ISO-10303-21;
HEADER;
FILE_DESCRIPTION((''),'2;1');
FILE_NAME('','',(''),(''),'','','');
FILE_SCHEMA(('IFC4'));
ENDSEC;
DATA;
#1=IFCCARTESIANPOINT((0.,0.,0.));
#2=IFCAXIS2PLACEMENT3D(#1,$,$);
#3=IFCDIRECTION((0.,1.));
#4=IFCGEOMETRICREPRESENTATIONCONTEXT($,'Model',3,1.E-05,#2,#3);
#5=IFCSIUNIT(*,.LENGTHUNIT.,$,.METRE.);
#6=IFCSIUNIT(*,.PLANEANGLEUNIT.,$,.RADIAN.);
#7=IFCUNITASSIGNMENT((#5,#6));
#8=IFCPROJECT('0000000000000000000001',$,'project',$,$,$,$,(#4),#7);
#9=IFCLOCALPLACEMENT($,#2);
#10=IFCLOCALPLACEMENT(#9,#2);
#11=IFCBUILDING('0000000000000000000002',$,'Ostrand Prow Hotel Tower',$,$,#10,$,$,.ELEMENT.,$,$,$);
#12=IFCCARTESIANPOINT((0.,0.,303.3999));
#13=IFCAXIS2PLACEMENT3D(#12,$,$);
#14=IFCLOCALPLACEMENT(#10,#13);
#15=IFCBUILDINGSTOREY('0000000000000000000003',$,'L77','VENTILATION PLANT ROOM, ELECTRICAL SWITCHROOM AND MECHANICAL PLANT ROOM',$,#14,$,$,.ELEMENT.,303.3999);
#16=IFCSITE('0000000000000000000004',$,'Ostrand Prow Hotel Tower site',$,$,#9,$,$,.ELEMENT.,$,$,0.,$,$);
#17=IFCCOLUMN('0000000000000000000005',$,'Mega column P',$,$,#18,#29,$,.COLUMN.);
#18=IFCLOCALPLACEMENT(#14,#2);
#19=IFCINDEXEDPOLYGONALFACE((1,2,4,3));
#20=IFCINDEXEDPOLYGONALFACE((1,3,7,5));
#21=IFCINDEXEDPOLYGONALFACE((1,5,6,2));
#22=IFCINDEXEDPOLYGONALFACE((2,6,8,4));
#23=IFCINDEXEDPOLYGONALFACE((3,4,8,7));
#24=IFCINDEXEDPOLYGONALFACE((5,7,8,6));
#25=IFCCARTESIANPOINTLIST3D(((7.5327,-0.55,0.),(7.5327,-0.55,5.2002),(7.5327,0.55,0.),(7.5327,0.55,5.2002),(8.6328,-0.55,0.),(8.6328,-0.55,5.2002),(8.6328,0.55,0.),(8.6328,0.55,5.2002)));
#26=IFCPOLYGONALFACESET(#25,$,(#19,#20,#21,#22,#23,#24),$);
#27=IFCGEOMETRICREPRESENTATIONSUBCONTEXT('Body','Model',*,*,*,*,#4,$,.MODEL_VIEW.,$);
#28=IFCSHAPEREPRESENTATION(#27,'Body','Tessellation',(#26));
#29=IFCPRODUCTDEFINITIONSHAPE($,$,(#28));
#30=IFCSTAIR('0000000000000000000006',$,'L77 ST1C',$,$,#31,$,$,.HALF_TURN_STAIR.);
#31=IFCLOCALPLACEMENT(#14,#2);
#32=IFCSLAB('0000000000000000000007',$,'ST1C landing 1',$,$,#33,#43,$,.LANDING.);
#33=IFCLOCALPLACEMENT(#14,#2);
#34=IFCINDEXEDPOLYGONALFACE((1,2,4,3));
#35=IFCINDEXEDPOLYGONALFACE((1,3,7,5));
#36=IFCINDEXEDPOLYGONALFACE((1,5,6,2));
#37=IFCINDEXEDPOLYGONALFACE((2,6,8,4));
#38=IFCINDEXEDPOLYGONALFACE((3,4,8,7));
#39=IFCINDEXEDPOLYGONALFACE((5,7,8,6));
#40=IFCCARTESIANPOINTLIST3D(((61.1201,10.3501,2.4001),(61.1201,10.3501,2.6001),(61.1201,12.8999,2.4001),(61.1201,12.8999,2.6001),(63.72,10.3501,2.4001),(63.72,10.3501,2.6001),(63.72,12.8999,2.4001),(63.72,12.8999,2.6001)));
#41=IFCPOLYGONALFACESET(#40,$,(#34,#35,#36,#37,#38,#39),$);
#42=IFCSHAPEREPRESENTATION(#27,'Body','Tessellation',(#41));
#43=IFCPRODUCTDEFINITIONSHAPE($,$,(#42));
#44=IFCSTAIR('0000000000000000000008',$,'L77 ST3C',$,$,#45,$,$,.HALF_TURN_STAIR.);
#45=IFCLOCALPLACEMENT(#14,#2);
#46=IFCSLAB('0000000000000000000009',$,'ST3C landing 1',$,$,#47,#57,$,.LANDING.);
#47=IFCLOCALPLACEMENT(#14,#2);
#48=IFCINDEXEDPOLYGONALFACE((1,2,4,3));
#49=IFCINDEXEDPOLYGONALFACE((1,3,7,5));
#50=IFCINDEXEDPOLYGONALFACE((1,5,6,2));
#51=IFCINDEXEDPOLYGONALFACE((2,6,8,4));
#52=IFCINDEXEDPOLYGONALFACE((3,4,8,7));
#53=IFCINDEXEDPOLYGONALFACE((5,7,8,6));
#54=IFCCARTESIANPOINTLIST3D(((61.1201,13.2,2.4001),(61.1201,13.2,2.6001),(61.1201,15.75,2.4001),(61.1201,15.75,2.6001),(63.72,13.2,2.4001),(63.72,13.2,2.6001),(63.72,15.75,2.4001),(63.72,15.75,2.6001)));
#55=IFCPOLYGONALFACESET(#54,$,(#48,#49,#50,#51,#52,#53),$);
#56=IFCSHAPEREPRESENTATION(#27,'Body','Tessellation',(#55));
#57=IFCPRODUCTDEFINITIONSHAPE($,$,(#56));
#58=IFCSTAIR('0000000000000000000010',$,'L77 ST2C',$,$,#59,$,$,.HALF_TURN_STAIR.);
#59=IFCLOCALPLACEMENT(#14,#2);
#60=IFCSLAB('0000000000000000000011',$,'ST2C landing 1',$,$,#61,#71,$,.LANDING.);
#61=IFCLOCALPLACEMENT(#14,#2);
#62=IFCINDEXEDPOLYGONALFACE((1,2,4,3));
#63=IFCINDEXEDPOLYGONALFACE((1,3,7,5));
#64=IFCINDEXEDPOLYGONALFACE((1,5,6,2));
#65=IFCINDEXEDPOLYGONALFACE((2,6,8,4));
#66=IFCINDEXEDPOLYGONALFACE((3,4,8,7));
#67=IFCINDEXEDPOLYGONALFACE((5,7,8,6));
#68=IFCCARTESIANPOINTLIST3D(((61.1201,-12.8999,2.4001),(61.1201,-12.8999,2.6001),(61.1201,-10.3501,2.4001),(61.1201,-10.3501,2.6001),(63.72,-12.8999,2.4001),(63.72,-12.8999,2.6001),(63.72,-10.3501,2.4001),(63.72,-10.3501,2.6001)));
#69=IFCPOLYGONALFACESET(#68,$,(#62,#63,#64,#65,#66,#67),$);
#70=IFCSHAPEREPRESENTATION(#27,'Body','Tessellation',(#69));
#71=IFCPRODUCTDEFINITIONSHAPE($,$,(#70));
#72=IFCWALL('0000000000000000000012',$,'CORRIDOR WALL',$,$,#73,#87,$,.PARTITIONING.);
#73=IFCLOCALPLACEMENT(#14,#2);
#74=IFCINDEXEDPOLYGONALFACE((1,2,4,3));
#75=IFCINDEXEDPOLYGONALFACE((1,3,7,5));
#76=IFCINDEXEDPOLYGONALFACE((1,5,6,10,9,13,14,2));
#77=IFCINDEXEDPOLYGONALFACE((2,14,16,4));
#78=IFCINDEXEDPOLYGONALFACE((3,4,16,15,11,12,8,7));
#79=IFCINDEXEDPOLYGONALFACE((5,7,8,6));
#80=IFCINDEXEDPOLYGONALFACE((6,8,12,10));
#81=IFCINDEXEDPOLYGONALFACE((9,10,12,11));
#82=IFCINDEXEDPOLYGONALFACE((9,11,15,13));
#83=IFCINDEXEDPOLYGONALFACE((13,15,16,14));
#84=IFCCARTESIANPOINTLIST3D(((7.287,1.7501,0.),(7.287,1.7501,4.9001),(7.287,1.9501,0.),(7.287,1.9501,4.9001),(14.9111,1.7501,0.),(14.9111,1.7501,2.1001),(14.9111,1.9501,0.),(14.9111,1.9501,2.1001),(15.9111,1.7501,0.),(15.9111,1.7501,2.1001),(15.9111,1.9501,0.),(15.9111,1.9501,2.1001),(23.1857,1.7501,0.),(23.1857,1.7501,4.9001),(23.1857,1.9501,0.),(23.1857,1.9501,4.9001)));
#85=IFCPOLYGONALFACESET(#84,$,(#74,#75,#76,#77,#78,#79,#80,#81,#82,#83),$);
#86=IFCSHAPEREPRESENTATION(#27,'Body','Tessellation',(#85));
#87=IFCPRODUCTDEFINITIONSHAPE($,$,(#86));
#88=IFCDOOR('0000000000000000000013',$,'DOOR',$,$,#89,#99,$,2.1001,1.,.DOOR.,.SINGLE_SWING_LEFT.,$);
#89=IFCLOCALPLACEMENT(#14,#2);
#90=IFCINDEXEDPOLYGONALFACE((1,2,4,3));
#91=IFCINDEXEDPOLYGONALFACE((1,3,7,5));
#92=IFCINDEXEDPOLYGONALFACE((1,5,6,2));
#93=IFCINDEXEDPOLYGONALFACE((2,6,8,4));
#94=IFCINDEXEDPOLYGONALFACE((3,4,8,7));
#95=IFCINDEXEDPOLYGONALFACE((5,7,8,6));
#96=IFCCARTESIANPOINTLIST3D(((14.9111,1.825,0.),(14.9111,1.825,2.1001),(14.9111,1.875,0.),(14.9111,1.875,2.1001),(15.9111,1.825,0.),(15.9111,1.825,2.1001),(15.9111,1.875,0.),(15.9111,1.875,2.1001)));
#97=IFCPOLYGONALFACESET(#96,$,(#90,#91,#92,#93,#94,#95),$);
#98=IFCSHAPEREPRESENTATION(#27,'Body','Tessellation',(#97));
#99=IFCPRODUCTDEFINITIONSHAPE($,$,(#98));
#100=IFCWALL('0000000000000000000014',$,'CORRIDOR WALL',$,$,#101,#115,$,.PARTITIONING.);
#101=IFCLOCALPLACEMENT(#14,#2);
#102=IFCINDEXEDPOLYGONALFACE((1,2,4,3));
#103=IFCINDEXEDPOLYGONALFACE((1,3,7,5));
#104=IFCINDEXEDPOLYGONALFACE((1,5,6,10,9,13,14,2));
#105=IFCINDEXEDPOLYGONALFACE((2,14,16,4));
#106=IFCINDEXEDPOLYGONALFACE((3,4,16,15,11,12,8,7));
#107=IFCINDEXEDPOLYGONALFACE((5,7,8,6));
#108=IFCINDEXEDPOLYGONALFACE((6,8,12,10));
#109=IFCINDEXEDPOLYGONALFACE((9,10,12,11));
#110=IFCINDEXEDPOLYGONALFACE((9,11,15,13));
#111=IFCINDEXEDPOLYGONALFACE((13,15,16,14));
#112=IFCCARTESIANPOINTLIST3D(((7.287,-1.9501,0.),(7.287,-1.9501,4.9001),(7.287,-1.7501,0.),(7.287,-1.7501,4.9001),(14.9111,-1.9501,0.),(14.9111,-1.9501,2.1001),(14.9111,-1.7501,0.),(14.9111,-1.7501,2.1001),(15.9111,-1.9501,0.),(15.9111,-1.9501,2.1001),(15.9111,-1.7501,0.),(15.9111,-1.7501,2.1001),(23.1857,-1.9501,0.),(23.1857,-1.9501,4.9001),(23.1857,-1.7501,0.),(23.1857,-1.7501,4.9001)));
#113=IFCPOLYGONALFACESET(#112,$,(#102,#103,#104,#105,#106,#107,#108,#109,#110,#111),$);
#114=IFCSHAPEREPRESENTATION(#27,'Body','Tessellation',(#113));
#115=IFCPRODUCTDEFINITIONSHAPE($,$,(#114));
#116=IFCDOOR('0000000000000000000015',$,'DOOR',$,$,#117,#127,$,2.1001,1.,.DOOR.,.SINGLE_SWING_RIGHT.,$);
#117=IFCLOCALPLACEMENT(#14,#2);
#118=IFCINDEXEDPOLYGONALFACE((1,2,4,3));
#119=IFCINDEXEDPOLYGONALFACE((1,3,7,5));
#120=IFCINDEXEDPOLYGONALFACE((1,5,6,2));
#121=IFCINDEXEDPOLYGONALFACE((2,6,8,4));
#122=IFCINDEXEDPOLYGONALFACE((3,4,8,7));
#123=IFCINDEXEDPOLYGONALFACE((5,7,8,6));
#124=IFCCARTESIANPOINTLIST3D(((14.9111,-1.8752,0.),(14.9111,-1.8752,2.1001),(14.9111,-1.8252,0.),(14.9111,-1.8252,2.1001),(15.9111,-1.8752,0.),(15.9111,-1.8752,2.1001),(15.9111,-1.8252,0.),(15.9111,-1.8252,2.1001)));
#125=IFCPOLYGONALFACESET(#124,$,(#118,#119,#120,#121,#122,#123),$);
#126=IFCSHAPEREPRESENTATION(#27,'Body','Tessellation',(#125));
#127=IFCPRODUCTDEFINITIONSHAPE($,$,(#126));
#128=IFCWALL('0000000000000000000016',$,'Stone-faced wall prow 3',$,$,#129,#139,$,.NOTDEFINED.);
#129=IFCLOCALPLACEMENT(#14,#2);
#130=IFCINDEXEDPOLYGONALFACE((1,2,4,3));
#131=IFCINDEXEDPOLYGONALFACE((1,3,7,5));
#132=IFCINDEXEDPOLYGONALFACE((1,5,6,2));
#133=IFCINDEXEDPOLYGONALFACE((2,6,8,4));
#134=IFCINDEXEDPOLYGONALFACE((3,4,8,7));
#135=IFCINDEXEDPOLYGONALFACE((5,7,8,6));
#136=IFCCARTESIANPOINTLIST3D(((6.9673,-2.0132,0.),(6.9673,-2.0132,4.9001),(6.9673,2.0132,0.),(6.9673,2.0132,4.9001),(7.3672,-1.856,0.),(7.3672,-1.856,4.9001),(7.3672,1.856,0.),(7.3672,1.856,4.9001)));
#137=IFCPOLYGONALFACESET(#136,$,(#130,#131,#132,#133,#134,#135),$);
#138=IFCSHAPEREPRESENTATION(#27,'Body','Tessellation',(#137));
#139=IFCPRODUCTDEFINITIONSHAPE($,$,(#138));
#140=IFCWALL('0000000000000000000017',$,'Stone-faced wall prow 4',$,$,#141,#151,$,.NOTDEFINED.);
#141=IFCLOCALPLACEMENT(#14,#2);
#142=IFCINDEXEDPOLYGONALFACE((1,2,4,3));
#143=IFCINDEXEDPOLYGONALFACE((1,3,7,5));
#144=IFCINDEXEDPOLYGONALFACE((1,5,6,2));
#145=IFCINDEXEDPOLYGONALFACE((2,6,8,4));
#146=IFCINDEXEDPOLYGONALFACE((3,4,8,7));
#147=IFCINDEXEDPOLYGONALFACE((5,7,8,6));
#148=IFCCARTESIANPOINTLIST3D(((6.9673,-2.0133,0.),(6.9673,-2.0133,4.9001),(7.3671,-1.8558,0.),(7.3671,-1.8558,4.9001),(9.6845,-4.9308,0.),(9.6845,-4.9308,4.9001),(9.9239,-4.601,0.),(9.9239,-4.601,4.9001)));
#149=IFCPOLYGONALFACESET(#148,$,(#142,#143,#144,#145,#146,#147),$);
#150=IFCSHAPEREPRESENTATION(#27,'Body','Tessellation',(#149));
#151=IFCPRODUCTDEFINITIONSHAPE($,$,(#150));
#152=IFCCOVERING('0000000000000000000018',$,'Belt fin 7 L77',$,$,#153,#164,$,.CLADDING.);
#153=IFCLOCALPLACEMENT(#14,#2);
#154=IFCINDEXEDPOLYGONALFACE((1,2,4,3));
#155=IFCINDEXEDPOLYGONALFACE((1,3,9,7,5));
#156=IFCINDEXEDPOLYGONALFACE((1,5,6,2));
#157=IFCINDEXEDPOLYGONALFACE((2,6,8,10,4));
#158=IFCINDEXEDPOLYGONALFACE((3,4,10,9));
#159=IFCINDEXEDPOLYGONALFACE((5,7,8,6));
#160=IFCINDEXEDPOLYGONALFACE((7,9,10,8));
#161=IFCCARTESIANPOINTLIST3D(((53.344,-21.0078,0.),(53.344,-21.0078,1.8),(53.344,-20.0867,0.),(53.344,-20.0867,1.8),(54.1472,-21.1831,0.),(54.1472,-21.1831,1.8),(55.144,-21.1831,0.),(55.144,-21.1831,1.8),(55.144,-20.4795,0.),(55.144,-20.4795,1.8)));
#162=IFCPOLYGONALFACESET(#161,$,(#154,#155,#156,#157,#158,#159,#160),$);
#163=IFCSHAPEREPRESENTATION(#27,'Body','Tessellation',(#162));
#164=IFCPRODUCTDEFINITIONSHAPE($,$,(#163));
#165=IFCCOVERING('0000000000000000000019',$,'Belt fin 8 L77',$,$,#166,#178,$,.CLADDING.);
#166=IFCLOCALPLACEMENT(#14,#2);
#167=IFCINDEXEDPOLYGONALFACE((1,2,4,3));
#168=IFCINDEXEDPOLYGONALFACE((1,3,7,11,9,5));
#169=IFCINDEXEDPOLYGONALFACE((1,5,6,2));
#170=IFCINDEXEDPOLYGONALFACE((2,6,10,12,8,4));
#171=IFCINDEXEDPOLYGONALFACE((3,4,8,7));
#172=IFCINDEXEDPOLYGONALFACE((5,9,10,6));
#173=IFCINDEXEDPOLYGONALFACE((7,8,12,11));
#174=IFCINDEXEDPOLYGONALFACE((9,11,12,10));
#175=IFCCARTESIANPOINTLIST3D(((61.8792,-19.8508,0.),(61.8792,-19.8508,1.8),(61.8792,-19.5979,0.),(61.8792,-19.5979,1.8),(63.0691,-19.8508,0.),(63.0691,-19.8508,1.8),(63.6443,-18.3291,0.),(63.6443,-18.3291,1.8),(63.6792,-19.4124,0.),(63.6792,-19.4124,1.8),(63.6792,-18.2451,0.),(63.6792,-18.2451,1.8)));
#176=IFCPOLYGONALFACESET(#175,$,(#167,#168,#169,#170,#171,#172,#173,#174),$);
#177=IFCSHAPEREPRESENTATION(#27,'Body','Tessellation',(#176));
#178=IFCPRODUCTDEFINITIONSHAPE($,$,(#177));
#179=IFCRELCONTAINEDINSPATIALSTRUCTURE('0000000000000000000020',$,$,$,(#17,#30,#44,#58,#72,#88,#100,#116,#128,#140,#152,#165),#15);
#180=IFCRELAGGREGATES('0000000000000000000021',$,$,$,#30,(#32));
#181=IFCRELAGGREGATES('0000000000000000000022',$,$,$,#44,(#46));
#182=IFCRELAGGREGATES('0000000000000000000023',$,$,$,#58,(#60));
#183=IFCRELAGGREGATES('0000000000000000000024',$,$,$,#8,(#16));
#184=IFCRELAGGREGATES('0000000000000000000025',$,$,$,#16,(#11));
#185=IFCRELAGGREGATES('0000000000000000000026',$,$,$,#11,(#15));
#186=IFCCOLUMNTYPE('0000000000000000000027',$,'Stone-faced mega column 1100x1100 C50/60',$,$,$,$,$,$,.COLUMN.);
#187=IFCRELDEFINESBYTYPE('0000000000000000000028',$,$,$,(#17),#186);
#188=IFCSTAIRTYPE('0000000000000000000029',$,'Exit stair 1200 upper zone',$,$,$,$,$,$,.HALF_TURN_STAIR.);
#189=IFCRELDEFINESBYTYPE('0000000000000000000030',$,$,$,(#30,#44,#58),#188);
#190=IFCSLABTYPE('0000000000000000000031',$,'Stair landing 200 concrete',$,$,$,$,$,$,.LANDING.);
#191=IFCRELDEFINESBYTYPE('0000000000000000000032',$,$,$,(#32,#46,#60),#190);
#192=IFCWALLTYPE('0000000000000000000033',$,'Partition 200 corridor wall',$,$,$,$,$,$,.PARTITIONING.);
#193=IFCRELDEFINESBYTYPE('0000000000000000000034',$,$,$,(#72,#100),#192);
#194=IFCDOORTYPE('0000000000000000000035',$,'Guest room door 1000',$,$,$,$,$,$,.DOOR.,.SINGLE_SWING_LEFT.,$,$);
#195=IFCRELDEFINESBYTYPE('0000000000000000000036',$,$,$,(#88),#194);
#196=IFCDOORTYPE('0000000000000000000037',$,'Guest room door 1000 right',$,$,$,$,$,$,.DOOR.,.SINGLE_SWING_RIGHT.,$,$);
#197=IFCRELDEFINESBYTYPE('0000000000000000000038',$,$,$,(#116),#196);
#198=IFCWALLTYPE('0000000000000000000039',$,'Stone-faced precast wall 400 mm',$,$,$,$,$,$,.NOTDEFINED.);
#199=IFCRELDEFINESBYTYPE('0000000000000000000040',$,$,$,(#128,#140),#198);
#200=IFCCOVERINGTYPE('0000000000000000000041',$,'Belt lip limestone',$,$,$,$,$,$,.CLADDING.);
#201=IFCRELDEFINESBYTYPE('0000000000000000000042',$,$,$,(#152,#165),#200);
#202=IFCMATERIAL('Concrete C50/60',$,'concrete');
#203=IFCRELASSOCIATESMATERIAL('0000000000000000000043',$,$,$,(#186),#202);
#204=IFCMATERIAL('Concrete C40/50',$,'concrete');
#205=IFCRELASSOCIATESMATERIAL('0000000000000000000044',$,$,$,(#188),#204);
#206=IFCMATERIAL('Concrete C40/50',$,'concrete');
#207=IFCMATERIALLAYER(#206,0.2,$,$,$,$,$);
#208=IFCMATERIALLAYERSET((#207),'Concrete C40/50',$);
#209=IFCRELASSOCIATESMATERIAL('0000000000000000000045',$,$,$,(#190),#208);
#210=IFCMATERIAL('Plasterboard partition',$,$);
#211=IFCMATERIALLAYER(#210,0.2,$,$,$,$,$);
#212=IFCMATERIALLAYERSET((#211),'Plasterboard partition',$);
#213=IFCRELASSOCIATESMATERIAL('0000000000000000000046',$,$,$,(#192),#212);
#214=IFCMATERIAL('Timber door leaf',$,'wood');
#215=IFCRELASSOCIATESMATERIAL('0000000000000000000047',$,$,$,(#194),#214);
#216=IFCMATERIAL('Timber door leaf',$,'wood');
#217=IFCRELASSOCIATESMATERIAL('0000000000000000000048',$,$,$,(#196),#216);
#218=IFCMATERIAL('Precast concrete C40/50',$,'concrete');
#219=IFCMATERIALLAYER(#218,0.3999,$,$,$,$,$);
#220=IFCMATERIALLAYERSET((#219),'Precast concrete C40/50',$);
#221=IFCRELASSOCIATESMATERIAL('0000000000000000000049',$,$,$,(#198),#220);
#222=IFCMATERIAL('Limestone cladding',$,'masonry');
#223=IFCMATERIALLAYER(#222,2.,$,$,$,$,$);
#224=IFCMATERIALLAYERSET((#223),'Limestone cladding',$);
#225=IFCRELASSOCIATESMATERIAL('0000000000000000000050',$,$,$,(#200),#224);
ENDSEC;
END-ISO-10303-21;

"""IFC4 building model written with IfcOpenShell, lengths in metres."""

from ifc_helpers import new_model, si_unit, direction, frame, frame_2d, origin, origin_2d, place, context, subcontext, project, spatial, polyline, rectangle, outline, extrude, material, layer, layer_set, material_profile, profile_set, type_object, element, fill, aggregate, save


model = new_model("IFC4")

# Units and contexts
model_context = context("Model", 3, precision=1e-05, world=origin(), true_north=direction((0.0, 1.0)))
body_context = subcontext(model_context, "Body", "Model", "MODEL_VIEW")
ifc_project = project(units=[si_unit("LENGTHUNIT", "METRE"), si_unit("PLANEANGLEUNIT", "RADIAN")], contexts=[model_context])

# Site, building, storey
site_placement = place(None, origin())
site = spatial("IfcSite", under=ifc_project, at=site_placement, Name="Ostrand Prow Hotel Tower site", CompositionType="ELEMENT", RefElevation=0.0)
building_placement = place(site_placement, origin())
building = spatial("IfcBuilding", under=site, at=building_placement, Name="Ostrand Prow Hotel Tower", CompositionType="ELEMENT")
storey_placement = place(building_placement, frame((0.0, 0.0, 303.3999)))
storey = spatial("IfcBuildingStorey", under=building, at=storey_placement, Name="L77", Description="VENTILATION PLANT ROOM, ELECTRICAL SWITCHROOM AND MECHANICAL PLANT ROOM", CompositionType="ELEMENT", Elevation=303.3999)

# Column
ifc_material_1 = material(Name="Concrete C50/60", Category="concrete")
ifc_material_profile = material_profile(ifc_material_1, rectangle(XDim=1.1001, YDim=1.1001, at=origin_2d()), Name="RC 1100x1100")
ifc_profile_set = profile_set([ifc_material_profile], Name="Concrete C50/60")
column_type = type_object("IfcColumnType", Name="Stone-faced mega column 1100x1100 C50/60", PredefinedType="COLUMN", material=ifc_profile_set)
column_placement = place(storey_placement, frame((8.0828, 0.0, 0.0), z_axis=(0.0, 0.0, 1.0), x_axis=(1.0, 0.0, 0.0)))
element("IfcColumn", 1, at=column_placement, inside=storey, type_object=column_type, Name="Mega column P", PredefinedType="COLUMN", context=body_context, shape_type="SweptSolid", body=[
    extrude(rectangle(XDim=1.1001, YDim=1.1001, at=origin_2d()), origin(), (0.0, 0.0, 1.0), 5.2002),
])

# Stairs, slabs
ifc_material_2 = material(Name="Concrete C40/50", Category="concrete")
stair_type = type_object("IfcStairType", Name="Exit stair 1200 upper zone", PredefinedType="HALF_TURN_STAIR", material=ifc_material_2)
stair_1_placement = place(storey_placement, origin())
stair_1 = element("IfcStair", 2, at=stair_1_placement, inside=storey, type_object=stair_type, Name="L77 ST1C", PredefinedType="HALF_TURN_STAIR")
ifc_material_3 = material(Name="Concrete C40/50", Category="concrete")
ifc_layer_1 = layer(ifc_material_3, 0.2)
ifc_layer_set_1 = layer_set([ifc_layer_1], Name="Concrete C40/50")
slab_type = type_object("IfcSlabType", Name="Stair landing 200 concrete", PredefinedType="LANDING", material=ifc_layer_set_1)
slab_1_placement = place(storey_placement, frame((0.0, 0.0, 2.4001)))
slab_1 = element("IfcSlab", 3, at=slab_1_placement, type_object=slab_type, Name="ST1C landing 1", PredefinedType="LANDING", context=body_context, shape_type="SweptSolid", body=[
    extrude(outline(polyline([(61.1201, 10.3501), (63.72, 10.3501), (63.72, 12.8999), (61.1201, 12.8999), (61.1201, 10.3501)])), origin(), (0.0, 0.0, 1.0), 0.2),
])
aggregate(stair_1, [slab_1])
stair_2_placement = place(storey_placement, origin())
stair_2 = element("IfcStair", 4, at=stair_2_placement, inside=storey, type_object=stair_type, Name="L77 ST3C", PredefinedType="HALF_TURN_STAIR")
slab_2_placement = place(storey_placement, frame((0.0, 0.0, 2.4001)))
slab_2 = element("IfcSlab", 5, at=slab_2_placement, type_object=slab_type, Name="ST3C landing 1", PredefinedType="LANDING", context=body_context, shape_type="SweptSolid", body=[
    extrude(outline(polyline([(61.1201, 13.2), (63.72, 13.2), (63.72, 15.75), (61.1201, 15.75), (61.1201, 13.2)])), origin(), (0.0, 0.0, 1.0), 0.2),
])
aggregate(stair_2, [slab_2])
stair_3_placement = place(storey_placement, origin())
stair_3 = element("IfcStair", 6, at=stair_3_placement, inside=storey, type_object=stair_type, Name="L77 ST2C", PredefinedType="HALF_TURN_STAIR")
slab_3_placement = place(storey_placement, frame((0.0, 0.0, 2.4001)))
slab_3 = element("IfcSlab", 7, at=slab_3_placement, type_object=slab_type, Name="ST2C landing 1", PredefinedType="LANDING", context=body_context, shape_type="SweptSolid", body=[
    extrude(outline(polyline([(61.1201, -12.8999), (63.72, -12.8999), (63.72, -10.3501), (61.1201, -10.3501), (61.1201, -12.8999)])), origin(), (0.0, 0.0, 1.0), 0.2),
])
aggregate(stair_3, [slab_3])

# Walls, openings, doors
ifc_material_4 = material(Name="Plasterboard partition")
ifc_layer_2 = layer(ifc_material_4, 0.2)
ifc_layer_set_2 = layer_set([ifc_layer_2], Name="Plasterboard partition")
wall_type_1 = type_object("IfcWallType", Name="Partition 200 corridor wall", PredefinedType="PARTITIONING", material=ifc_layer_set_2)
wall_1_placement = place(storey_placement, frame((7.2871, 1.8501, 0.0), z_axis=(0.0, 0.0, 1.0), x_axis=(1.0, 0.0, 0.0)))
wall_1 = element("IfcWall", 8, at=wall_1_placement, inside=storey, type_object=wall_type_1, Name="CORRIDOR WALL", PredefinedType="PARTITIONING", context=body_context, shape_type="SweptSolid", body=[
    extrude(rectangle(XDim=15.8987, YDim=0.2, at=frame_2d((7.9492, 0.0))), origin(), (0.0, 0.0, 1.0), 4.9001),
])
opening_1_placement = place(wall_1_placement, frame((7.624, 0.0, 0.0)))
opening_1 = element("IfcOpeningElement", 9, at=opening_1_placement, cuts=wall_1, PredefinedType="OPENING", context=body_context, shape_type="SweptSolid", body=[
    extrude(rectangle(XDim=1.0, YDim=2.1001, at=frame_2d((0.5, 1.05))), frame((0.0, 0.1099, 0.0), z_axis=(0.0, -1.0, 0.0), x_axis=(1.0, 0.0, 0.0)), (0.0, 0.0, 1.0), 0.22),
])
ifc_material_5 = material(Name="Timber door leaf", Category="wood")
door_type_1 = type_object("IfcDoorType", Name="Guest room door 1000", OperationType="SINGLE_SWING_LEFT", PredefinedType="DOOR", material=ifc_material_5)
door_1_placement = place(opening_1_placement, origin())
door_1 = element("IfcDoor", 10, at=door_1_placement, inside=storey, type_object=door_type_1, Name="DOOR", OperationType="SINGLE_SWING_LEFT", OverallHeight=2.1001, OverallWidth=1.0, PredefinedType="DOOR", context=body_context, shape_type="SweptSolid", body=[
    extrude(rectangle(XDim=1.0, YDim=2.1001, at=frame_2d((0.5, 1.05))), frame((0.0, 0.0249, 0.0), z_axis=(0.0, -1.0, 0.0), x_axis=(1.0, 0.0, 0.0)), (0.0, 0.0, 1.0), 0.05),
])
fill(opening_1, door_1)
wall_2_placement = place(storey_placement, frame((7.2871, -1.8501, 0.0), z_axis=(0.0, 0.0, 1.0), x_axis=(1.0, 0.0, 0.0)))
wall_2 = element("IfcWall", 11, at=wall_2_placement, inside=storey, type_object=wall_type_1, Name="CORRIDOR WALL", PredefinedType="PARTITIONING", context=body_context, shape_type="SweptSolid", body=[
    extrude(rectangle(XDim=15.8987, YDim=0.2, at=frame_2d((7.9492, 0.0))), origin(), (0.0, 0.0, 1.0), 4.9001),
])
opening_2_placement = place(wall_2_placement, frame((7.624, 0.0, 0.0)))
opening_2 = element("IfcOpeningElement", 12, at=opening_2_placement, cuts=wall_2, PredefinedType="OPENING", context=body_context, shape_type="SweptSolid", body=[
    extrude(rectangle(XDim=1.0, YDim=2.1001, at=frame_2d((0.5, 1.05))), frame((0.0, 0.1099, 0.0), z_axis=(0.0, -1.0, 0.0), x_axis=(1.0, 0.0, 0.0)), (0.0, 0.0, 1.0), 0.22),
])
ifc_material_6 = material(Name="Timber door leaf", Category="wood")
door_type_2 = type_object("IfcDoorType", Name="Guest room door 1000 right", OperationType="SINGLE_SWING_RIGHT", PredefinedType="DOOR", material=ifc_material_6)
door_2_placement = place(opening_2_placement, origin())
door_2 = element("IfcDoor", 13, at=door_2_placement, inside=storey, type_object=door_type_2, Name="DOOR", OperationType="SINGLE_SWING_RIGHT", OverallHeight=2.1001, OverallWidth=1.0, PredefinedType="DOOR", context=body_context, shape_type="SweptSolid", body=[
    extrude(rectangle(XDim=1.0, YDim=2.1001, at=frame_2d((0.5, 1.05))), frame((0.0, 0.0249, 0.0), z_axis=(0.0, -1.0, 0.0), x_axis=(1.0, 0.0, 0.0)), (0.0, 0.0, 1.0), 0.05),
])
fill(opening_2, door_2)

# Walls
ifc_material_7 = material(Name="Precast concrete C40/50", Category="concrete")
ifc_layer_3 = layer(ifc_material_7, 0.3999)
ifc_layer_set_3 = layer_set([ifc_layer_3], Name="Precast concrete C40/50")
wall_type_2 = type_object("IfcWallType", Name="Stone-faced precast wall 400 mm", PredefinedType="NOTDEFINED", material=ifc_layer_set_3)
wall_3_placement = place(storey_placement, frame((7.1672, 1.9346, 0.0), z_axis=(0.0, 0.0, 1.0), x_axis=(0.0, -1.0, 0.0)))
element("IfcWall", 14, at=wall_3_placement, inside=storey, type_object=wall_type_2, Name="Stone-faced wall prow 3", PredefinedType="NOTDEFINED", context=body_context, shape_type="SweptSolid", body=[
    extrude(outline(polyline([(-0.0786, -0.2), (3.9478, -0.2), (3.7905, 0.2), (0.0786, 0.2), (-0.0786, -0.2)])), origin(), (0.0, 0.0, 1.0), 4.9001),
])
wall_4_placement = place(storey_placement, frame((7.1672, -1.9346, 0.0), z_axis=(0.0, 0.0, 1.0), x_axis=(0.681547, -0.731775, 0.0)))
element("IfcWall", 15, at=wall_4_placement, inside=storey, type_object=wall_type_2, Name="Stone-faced wall prow 4", PredefinedType="NOTDEFINED", context=body_context, shape_type="SweptSolid", body=[
    extrude(outline(polyline([(-0.0786, -0.2), (3.9082, -0.2), (3.8301, 0.2), (0.0786, 0.2), (-0.0786, -0.2)])), origin(), (0.0, 0.0, 1.0), 4.9001),
])

# Coverings
ifc_material_8 = material(Name="Limestone cladding", Category="masonry")
ifc_layer_4 = layer(ifc_material_8, 2.0)
ifc_layer_set_4 = layer_set([ifc_layer_4], Name="Limestone cladding")
covering_type_1 = type_object("IfcCoveringType", Name="Belt lip limestone", PredefinedType="CLADDING", material=ifc_layer_set_4)
covering_1_placement = place(storey_placement, origin())
element("IfcCovering", 16, at=covering_1_placement, inside=storey, type_object=covering_type_1, Name="Belt fin 7 L77", PredefinedType="CLADDING", context=body_context, shape_type="SweptSolid", body=[
    extrude(outline(polyline([(53.344, -21.0078), (54.1472, -21.1831), (55.144, -21.1831), (55.144, -20.4795), (53.344, -20.0867), (53.344, -21.0078)])), origin(), (0.0, 0.0, 1.0), 1.8),
])
covering_2_placement = place(storey_placement, origin())
element("IfcCovering", 17, at=covering_2_placement, inside=storey, type_object=covering_type_1, Name="Belt fin 8 L77", PredefinedType="CLADDING", context=body_context, shape_type="SweptSolid", body=[
    extrude(outline(polyline([(63.0691, -19.8508), (63.6792, -19.4124), (63.6792, -18.2451), (63.6443, -18.3291), (61.8792, -19.5979), (61.8792, -19.8508), (63.0691, -19.8508)])), origin(), (0.0, 0.0, 1.0), 1.8),
])

save(model, "model.ifc")
